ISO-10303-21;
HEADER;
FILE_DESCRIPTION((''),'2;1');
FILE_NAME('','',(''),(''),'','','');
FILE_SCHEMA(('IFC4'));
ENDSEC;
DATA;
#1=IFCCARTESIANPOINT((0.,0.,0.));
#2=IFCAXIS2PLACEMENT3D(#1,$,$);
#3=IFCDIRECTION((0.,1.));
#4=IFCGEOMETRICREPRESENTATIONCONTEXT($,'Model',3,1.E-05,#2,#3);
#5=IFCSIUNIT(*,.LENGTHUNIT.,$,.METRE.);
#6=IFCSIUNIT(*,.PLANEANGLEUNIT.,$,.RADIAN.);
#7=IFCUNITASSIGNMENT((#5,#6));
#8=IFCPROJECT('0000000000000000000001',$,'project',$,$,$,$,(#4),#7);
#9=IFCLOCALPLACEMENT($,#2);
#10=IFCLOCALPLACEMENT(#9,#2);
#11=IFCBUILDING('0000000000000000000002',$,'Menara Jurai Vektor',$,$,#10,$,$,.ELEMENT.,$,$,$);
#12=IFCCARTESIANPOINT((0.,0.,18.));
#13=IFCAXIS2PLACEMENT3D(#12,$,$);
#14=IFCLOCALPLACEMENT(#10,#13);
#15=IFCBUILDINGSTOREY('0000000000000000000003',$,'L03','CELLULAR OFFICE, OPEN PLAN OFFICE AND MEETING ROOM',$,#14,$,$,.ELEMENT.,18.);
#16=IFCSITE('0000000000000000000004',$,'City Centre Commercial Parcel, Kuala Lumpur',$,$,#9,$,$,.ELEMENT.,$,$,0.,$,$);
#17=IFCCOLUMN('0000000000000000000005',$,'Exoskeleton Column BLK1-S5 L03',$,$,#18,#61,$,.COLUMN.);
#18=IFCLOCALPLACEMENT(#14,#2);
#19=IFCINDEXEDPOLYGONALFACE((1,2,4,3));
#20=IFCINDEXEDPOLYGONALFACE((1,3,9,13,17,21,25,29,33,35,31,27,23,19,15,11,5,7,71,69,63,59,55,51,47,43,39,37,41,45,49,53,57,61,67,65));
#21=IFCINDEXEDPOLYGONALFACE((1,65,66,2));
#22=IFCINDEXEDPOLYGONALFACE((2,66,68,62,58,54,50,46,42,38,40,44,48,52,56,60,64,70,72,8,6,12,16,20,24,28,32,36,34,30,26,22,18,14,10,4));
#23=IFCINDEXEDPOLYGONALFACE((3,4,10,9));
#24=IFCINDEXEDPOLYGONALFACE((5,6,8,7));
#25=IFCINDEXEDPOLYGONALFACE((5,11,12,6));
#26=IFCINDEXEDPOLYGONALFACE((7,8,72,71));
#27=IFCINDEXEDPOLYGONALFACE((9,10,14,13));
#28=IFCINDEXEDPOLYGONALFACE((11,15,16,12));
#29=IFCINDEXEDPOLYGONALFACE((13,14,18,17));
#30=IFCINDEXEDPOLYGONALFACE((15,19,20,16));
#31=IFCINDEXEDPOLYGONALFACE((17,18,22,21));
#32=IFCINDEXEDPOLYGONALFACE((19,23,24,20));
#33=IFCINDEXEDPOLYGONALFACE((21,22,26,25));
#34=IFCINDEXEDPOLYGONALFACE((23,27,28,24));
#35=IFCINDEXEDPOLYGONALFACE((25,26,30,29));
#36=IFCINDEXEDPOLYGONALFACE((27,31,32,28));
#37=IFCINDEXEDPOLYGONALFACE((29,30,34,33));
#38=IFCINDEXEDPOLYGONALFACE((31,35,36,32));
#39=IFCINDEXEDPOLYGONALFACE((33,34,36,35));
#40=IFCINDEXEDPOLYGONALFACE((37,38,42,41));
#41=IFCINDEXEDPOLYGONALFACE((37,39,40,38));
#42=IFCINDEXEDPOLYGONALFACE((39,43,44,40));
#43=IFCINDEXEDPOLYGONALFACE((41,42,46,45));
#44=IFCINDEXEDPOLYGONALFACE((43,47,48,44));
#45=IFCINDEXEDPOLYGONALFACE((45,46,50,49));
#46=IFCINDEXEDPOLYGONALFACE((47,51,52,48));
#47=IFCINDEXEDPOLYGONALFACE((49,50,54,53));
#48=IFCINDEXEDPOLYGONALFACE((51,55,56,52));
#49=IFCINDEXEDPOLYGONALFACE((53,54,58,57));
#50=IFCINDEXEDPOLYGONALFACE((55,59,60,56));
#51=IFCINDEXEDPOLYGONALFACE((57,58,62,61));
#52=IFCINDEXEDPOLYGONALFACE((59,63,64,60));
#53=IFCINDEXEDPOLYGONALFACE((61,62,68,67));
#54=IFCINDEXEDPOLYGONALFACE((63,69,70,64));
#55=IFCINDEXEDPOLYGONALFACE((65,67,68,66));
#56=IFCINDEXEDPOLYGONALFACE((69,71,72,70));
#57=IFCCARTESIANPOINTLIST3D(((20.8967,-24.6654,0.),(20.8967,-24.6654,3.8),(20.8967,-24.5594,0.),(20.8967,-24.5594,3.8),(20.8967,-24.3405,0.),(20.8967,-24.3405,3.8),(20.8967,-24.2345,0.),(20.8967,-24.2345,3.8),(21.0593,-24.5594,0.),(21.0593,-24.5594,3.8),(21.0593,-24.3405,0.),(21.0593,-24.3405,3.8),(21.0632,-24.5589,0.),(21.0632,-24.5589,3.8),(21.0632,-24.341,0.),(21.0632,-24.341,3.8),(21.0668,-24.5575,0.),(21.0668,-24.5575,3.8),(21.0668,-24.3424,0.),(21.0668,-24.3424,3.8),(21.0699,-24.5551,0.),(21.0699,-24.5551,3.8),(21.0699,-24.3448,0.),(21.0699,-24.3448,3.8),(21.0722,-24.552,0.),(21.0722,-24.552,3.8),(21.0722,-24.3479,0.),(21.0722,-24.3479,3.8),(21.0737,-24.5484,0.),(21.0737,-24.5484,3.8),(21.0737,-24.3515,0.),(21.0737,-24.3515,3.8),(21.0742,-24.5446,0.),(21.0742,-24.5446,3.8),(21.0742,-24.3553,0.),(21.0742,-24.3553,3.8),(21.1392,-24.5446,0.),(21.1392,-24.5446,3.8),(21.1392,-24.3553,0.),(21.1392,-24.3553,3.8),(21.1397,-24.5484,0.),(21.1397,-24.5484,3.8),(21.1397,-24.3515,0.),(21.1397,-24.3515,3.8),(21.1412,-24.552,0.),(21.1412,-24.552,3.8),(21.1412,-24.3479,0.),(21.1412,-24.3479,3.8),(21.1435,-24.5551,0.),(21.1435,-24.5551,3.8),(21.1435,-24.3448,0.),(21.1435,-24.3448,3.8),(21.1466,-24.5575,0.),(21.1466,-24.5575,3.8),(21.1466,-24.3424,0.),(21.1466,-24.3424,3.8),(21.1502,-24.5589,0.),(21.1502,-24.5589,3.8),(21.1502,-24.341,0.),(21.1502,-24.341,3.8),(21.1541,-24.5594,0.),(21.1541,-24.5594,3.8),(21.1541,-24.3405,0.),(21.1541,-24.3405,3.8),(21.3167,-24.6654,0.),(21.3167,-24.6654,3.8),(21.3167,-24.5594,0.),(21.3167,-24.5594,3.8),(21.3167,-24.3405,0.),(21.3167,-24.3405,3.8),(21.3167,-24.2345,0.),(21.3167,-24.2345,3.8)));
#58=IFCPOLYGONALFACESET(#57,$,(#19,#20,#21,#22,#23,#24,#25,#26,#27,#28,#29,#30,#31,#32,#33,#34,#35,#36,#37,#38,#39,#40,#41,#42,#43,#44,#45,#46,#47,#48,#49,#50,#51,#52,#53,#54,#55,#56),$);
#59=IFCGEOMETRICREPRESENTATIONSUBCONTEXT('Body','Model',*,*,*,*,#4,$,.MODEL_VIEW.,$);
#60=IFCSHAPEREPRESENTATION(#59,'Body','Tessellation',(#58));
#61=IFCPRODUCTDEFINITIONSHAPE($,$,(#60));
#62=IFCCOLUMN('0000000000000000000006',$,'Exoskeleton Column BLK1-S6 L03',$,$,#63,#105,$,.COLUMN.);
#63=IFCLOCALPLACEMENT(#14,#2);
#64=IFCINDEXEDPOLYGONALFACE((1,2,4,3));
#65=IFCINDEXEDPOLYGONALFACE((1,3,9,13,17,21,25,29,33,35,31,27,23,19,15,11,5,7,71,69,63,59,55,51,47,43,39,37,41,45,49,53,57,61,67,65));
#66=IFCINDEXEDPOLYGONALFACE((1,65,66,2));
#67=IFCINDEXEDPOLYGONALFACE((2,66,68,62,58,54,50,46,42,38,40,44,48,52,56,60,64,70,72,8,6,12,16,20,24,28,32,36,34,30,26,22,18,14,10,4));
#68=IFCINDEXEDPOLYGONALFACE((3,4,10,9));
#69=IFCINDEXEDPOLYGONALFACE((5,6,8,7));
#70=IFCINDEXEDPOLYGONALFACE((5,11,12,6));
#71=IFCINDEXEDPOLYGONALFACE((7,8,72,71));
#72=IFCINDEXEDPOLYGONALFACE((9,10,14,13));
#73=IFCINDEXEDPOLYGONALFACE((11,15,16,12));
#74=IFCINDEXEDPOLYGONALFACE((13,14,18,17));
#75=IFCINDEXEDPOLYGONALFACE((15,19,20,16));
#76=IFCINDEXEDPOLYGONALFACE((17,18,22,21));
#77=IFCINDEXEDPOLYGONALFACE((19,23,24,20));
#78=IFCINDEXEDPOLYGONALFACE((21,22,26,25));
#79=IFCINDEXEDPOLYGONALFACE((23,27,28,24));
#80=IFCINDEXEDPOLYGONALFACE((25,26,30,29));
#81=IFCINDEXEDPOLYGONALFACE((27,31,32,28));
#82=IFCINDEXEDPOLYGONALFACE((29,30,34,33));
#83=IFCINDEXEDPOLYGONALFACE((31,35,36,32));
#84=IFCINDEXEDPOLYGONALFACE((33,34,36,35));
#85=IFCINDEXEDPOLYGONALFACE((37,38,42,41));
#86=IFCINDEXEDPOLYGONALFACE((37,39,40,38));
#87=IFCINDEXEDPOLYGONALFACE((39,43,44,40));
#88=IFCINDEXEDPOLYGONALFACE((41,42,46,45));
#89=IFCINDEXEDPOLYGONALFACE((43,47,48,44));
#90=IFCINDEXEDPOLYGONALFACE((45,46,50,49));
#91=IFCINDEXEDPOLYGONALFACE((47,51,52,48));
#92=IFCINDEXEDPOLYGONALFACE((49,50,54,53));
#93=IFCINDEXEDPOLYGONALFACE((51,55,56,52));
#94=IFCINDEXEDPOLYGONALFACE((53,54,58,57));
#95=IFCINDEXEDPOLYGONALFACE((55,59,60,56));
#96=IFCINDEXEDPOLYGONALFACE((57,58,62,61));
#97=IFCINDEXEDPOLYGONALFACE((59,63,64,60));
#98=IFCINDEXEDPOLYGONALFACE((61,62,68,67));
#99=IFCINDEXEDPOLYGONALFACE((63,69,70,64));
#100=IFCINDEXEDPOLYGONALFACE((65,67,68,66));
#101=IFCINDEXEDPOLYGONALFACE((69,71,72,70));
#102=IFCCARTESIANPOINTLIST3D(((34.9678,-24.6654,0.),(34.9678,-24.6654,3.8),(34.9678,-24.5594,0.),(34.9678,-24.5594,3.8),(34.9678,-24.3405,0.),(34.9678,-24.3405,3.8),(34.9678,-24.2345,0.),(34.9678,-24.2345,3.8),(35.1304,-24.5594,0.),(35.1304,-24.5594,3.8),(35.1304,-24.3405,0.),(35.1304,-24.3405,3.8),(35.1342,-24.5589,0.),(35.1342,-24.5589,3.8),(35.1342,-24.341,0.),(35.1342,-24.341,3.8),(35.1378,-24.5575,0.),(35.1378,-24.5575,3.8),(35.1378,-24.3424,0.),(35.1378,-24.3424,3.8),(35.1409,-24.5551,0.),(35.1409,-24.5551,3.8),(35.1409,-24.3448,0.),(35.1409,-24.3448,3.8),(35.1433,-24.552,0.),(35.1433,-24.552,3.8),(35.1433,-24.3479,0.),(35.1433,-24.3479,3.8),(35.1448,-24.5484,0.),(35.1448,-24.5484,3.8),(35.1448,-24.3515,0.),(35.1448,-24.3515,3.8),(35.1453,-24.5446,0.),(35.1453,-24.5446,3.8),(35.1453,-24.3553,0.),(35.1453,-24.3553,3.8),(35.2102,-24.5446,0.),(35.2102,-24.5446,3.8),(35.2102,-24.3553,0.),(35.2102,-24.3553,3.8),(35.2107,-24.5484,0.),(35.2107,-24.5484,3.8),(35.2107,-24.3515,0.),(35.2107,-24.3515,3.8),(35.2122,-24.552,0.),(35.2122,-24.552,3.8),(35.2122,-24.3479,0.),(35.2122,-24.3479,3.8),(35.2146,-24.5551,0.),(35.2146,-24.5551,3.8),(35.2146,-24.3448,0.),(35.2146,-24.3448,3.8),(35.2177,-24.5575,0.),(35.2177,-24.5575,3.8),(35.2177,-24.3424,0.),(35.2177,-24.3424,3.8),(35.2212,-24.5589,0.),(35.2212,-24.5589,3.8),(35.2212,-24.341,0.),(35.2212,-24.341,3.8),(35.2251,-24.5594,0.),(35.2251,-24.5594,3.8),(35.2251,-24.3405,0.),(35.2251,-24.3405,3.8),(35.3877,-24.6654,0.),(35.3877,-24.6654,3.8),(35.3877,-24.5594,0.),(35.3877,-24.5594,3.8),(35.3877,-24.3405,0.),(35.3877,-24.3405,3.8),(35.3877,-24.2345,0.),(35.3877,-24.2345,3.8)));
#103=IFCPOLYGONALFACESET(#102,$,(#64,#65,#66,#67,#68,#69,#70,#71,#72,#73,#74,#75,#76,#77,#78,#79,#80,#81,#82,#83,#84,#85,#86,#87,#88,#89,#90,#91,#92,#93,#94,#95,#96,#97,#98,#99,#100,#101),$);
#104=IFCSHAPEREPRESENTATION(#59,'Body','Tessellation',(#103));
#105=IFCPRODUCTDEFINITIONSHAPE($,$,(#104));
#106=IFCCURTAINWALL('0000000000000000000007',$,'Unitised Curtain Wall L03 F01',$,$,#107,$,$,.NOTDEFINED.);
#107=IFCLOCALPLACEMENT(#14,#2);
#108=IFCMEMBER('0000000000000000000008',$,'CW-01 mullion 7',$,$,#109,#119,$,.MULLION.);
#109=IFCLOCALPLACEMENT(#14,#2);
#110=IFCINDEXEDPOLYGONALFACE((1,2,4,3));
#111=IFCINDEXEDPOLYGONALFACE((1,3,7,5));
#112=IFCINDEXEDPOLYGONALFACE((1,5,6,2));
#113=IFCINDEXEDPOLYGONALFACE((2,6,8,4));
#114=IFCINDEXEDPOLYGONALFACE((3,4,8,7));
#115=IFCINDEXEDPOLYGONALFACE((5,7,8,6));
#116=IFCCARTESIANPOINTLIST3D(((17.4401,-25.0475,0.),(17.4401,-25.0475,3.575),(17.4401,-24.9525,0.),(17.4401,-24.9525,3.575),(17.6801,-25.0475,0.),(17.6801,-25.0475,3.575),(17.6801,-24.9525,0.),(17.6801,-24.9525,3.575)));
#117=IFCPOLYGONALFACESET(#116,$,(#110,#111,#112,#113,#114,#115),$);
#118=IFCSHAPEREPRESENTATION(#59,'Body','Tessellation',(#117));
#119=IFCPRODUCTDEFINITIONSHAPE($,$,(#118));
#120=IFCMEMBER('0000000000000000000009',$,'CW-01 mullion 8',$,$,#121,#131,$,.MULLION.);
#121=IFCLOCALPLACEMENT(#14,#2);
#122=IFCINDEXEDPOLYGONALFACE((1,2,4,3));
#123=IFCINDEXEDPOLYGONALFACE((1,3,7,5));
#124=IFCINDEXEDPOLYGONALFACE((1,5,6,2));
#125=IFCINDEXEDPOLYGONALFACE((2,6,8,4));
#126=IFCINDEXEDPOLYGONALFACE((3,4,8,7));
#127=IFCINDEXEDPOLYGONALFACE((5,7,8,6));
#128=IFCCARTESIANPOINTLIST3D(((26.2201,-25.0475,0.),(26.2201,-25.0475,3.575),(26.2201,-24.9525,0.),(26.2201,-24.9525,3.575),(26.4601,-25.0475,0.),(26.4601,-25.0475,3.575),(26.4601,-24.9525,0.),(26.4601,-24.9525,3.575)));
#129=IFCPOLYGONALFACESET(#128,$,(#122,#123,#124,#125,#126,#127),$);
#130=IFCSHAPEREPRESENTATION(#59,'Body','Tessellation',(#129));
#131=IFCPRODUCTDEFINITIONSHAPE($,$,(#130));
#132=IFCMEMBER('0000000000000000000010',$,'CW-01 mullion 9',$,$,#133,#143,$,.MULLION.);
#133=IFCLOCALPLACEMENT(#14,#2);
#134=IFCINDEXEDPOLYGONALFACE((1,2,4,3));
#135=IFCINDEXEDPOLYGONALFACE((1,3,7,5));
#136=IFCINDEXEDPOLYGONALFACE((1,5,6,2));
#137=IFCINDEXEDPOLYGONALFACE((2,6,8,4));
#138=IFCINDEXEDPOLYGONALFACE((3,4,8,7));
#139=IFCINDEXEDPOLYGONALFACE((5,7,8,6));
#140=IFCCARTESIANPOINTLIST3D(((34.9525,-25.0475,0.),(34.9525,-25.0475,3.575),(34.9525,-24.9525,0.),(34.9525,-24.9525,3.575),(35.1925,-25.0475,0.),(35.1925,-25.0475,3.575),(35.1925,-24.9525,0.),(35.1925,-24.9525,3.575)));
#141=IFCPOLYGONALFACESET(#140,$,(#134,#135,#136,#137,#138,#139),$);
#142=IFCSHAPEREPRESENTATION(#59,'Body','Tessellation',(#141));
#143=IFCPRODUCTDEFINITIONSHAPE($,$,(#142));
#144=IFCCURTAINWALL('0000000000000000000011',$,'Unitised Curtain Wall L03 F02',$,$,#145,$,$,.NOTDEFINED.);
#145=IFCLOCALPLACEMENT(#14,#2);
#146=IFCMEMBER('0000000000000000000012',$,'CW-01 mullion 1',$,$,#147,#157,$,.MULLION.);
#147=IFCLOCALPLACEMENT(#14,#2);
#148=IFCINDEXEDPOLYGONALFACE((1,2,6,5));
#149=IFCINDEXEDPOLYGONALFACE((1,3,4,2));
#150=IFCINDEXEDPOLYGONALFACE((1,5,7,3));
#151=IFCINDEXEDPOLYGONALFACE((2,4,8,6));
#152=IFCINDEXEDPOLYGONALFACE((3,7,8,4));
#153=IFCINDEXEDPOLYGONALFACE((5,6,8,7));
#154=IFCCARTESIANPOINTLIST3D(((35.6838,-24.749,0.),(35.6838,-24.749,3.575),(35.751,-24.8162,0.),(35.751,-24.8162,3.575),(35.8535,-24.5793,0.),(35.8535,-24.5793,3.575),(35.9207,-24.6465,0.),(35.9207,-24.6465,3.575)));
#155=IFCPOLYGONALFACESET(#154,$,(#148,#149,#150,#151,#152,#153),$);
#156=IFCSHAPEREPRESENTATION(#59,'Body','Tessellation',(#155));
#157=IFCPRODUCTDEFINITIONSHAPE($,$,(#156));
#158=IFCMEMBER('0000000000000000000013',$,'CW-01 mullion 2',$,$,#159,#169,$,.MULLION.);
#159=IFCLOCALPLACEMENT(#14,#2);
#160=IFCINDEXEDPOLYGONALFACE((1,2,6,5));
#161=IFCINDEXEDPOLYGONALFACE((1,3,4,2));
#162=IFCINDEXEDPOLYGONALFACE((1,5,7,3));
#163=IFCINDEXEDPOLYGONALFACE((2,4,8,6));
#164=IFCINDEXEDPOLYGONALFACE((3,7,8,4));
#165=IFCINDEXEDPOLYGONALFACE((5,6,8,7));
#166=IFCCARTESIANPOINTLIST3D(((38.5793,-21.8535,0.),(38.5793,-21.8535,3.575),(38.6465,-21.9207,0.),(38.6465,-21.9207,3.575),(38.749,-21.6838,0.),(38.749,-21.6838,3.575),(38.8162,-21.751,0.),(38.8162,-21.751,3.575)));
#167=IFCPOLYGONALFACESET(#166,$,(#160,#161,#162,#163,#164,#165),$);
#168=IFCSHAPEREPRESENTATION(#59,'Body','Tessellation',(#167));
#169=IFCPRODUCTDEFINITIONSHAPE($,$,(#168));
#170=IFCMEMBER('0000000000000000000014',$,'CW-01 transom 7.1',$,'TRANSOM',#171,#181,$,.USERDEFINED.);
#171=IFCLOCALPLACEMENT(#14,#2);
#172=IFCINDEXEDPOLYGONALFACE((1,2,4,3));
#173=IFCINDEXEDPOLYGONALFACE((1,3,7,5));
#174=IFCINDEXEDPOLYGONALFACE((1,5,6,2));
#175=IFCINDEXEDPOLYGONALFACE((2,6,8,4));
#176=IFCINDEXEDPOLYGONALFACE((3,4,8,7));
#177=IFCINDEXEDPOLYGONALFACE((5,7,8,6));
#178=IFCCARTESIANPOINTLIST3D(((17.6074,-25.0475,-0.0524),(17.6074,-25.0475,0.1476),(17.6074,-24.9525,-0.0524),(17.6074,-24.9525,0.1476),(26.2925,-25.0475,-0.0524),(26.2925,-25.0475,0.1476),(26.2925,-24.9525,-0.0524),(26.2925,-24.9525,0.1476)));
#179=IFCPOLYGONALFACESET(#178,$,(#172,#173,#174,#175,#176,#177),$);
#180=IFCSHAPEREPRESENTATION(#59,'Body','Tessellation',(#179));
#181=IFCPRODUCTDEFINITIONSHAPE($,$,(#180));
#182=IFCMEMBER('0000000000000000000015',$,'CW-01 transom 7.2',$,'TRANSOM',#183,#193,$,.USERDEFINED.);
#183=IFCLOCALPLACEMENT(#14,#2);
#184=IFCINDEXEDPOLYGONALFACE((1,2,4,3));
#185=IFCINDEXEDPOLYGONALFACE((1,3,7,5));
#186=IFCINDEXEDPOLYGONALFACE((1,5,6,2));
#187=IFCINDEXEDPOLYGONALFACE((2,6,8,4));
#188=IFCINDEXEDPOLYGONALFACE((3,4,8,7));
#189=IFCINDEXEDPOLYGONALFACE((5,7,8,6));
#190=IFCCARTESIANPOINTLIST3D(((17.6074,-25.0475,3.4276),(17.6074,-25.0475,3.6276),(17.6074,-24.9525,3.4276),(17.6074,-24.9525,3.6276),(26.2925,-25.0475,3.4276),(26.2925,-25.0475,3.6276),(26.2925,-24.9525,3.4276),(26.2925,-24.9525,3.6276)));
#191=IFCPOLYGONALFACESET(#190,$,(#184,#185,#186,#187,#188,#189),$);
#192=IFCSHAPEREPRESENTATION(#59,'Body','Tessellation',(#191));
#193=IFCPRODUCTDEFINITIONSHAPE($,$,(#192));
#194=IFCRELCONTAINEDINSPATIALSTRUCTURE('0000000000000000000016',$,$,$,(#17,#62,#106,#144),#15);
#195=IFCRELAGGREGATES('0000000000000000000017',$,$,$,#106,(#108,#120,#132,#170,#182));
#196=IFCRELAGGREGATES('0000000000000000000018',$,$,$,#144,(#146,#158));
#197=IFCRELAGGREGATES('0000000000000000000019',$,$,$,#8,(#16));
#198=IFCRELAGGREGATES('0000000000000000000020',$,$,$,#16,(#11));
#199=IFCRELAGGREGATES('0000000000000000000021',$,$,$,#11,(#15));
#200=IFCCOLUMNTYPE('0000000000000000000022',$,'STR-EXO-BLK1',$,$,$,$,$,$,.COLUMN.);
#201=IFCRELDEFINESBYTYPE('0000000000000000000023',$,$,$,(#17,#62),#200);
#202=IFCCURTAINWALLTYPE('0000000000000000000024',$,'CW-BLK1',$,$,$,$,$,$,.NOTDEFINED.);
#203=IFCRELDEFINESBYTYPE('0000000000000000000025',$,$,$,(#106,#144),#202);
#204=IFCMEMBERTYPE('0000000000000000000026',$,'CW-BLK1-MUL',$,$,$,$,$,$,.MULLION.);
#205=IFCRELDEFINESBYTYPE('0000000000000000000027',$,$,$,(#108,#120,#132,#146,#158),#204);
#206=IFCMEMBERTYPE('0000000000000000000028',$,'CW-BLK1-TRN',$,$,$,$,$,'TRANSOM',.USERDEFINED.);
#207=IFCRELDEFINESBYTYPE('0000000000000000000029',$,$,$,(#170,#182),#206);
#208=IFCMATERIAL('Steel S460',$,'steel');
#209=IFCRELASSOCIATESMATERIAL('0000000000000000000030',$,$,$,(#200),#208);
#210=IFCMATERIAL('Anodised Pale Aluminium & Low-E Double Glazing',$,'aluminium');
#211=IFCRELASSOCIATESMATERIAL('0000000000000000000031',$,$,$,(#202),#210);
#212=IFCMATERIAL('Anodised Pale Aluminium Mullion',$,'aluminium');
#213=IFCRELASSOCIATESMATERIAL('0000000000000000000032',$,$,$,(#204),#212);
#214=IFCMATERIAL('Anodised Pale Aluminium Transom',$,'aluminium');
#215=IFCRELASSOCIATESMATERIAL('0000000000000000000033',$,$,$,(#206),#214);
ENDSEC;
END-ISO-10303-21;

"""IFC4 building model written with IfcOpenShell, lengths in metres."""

from ifc_helpers import new_model, si_unit, direction, frame, origin, origin_2d, place, context, subcontext, project, spatial, rectangle, i_section, extrude, material, material_profile, profile_set, type_object, element, aggregate, save


model = new_model("IFC4")

# Units and contexts
model_context = context("Model", 3, precision=1e-05, world=origin(), true_north=direction((0.0, 1.0)))
body_context = subcontext(model_context, "Body", "Model", "MODEL_VIEW")
ifc_project = project(units=[si_unit("LENGTHUNIT", "METRE"), si_unit("PLANEANGLEUNIT", "RADIAN")], contexts=[model_context])

# Site, building, storey
site_placement = place(None, origin())
site = spatial("IfcSite", under=ifc_project, at=site_placement, Name="City Centre Commercial Parcel, Kuala Lumpur", CompositionType="ELEMENT", RefElevation=0.0)
building_placement = place(site_placement, origin())
building = spatial("IfcBuilding", under=site, at=building_placement, Name="Menara Jurai Vektor", CompositionType="ELEMENT")
storey_placement = place(building_placement, frame((0.0, 0.0, 18.0)))
storey = spatial("IfcBuildingStorey", under=building, at=storey_placement, Name="L03", Description="CELLULAR OFFICE, OPEN PLAN OFFICE AND MEETING ROOM", CompositionType="ELEMENT", Elevation=18.0)

# Columns
ifc_material_1 = material(Name="Steel S460", Category="steel")
ifc_material_profile_1 = material_profile(ifc_material_1, i_section(OverallWidth=0.4199, OverallDepth=0.4309, WebThickness=0.0649, FlangeThickness=0.106, FilletRadius=0.0149, at=origin_2d()), Name="HD 400x900")
ifc_profile_set_1 = profile_set([ifc_material_profile_1], Name="Steel S460")
column_type = type_object("IfcColumnType", Name="STR-EXO-BLK1", PredefinedType="COLUMN", material=ifc_profile_set_1)
for number, where, z_axis, x_axis, name in (
    (1, (21.1067, -24.45, 0.0), (0.0, 0.0, 1.0), (1.0, 0.0, 0.0), "Exoskeleton Column BLK1-S5 L03"),
    (2, (35.1777, -24.45, 0.0), (0.0, 0.0, 1.0), (1.0, 0.0, 0.0), "Exoskeleton Column BLK1-S6 L03"),
):
    element("IfcColumn", number, at=place(storey_placement, frame(where, z_axis=z_axis, x_axis=x_axis)), inside=storey, type_object=column_type, Name=name, PredefinedType="COLUMN", context=body_context, shape_type="SweptSolid", body=[
        extrude(i_section(OverallWidth=0.4199, OverallDepth=0.4309, WebThickness=0.0649, FlangeThickness=0.106, FilletRadius=0.0149, at=origin_2d()), origin(), (0.0, 0.0, 1.0), 3.8),
    ])

# Curtain walls, members
ifc_material_2 = material(Name="Anodised Pale Aluminium & Low-E Double Glazing", Category="aluminium")
curtain_wall_type = type_object("IfcCurtainWallType", Name="CW-BLK1", PredefinedType="NOTDEFINED", material=ifc_material_2)
curtain_wall_1_placement = place(storey_placement, origin())
curtain_wall_1 = element("IfcCurtainWall", 3, at=curtain_wall_1_placement, inside=storey, type_object=curtain_wall_type, Name="Unitised Curtain Wall L03 F01", PredefinedType="NOTDEFINED")
ifc_material_3 = material(Name="Anodised Pale Aluminium Mullion", Category="aluminium")
ifc_material_profile_2 = material_profile(ifc_material_3, rectangle(XDim=0.095, YDim=0.24, at=origin_2d()), Name="ALU MUL 95x240")
ifc_profile_set_2 = profile_set([ifc_material_profile_2], Name="Anodised Pale Aluminium Mullion")
member_type_1 = type_object("IfcMemberType", Name="CW-BLK1-MUL", PredefinedType="MULLION", material=ifc_profile_set_2)
member_1_placement = place(storey_placement, frame((17.5601, -25.0, 0.0), z_axis=(0.0, 0.0, 1.0), x_axis=(0.0, 1.0, 0.0)))
member_1 = element("IfcMember", 4, at=member_1_placement, type_object=member_type_1, Name="CW-01 mullion 7", PredefinedType="MULLION", context=body_context, shape_type="SweptSolid", body=[
    extrude(rectangle(XDim=0.095, YDim=0.24, at=origin_2d()), origin(), (0.0, 0.0, 1.0), 3.575),
])
member_2_placement = place(storey_placement, frame((26.3401, -25.0, 0.0), z_axis=(0.0, 0.0, 1.0), x_axis=(0.0, 1.0, 0.0)))
member_2 = element("IfcMember", 5, at=member_2_placement, type_object=member_type_1, Name="CW-01 mullion 8", PredefinedType="MULLION", context=body_context, shape_type="SweptSolid", body=[
    extrude(rectangle(XDim=0.095, YDim=0.24, at=origin_2d()), origin(), (0.0, 0.0, 1.0), 3.575),
])
member_3_placement = place(storey_placement, frame((35.0725, -25.0, 0.0), z_axis=(0.0, 0.0, 1.0), x_axis=(0.0, 1.0, 0.0)))
member_3 = element("IfcMember", 6, at=member_3_placement, type_object=member_type_1, Name="CW-01 mullion 9", PredefinedType="MULLION", context=body_context, shape_type="SweptSolid", body=[
    extrude(rectangle(XDim=0.095, YDim=0.24, at=origin_2d()), origin(), (0.0, 0.0, 1.0), 3.575),
])
curtain_wall_2_placement = place(storey_placement, origin())
curtain_wall_2 = element("IfcCurtainWall", 7, at=curtain_wall_2_placement, inside=storey, type_object=curtain_wall_type, Name="Unitised Curtain Wall L03 F02", PredefinedType="NOTDEFINED")
member_4_placement = place(storey_placement, frame((35.8022, -24.6978, 0.0), z_axis=(0.0, 0.0, 1.0), x_axis=(-0.707107, 0.707107, 0.0)))
member_4 = element("IfcMember", 8, at=member_4_placement, type_object=member_type_1, Name="CW-01 mullion 1", PredefinedType="MULLION", context=body_context, shape_type="SweptSolid", body=[
    extrude(rectangle(XDim=0.095, YDim=0.24, at=origin_2d()), origin(), (0.0, 0.0, 1.0), 3.575),
])
member_5_placement = place(storey_placement, frame((38.6978, -21.8022, 0.0), z_axis=(0.0, 0.0, 1.0), x_axis=(-0.707107, 0.707107, 0.0)))
member_5 = element("IfcMember", 9, at=member_5_placement, type_object=member_type_1, Name="CW-01 mullion 2", PredefinedType="MULLION", context=body_context, shape_type="SweptSolid", body=[
    extrude(rectangle(XDim=0.095, YDim=0.24, at=origin_2d()), origin(), (0.0, 0.0, 1.0), 3.575),
])

# Members
ifc_material_4 = material(Name="Anodised Pale Aluminium Transom", Category="aluminium")
ifc_material_profile_3 = material_profile(ifc_material_4, rectangle(XDim=0.095, YDim=0.2, at=origin_2d()), Name="ALU TRN 95x200")
ifc_profile_set_3 = profile_set([ifc_material_profile_3], Name="Anodised Pale Aluminium Transom")
member_type_2 = type_object("IfcMemberType", Name="CW-BLK1-TRN", ElementType="TRANSOM", PredefinedType="USERDEFINED", material=ifc_profile_set_3)
member_6_placement = place(storey_placement, frame((17.6074, -25.0, 0.0476), z_axis=(1.0, 0.0, 0.0), x_axis=(0.0, 1.0, 0.0)))
member_6 = element("IfcMember", 10, at=member_6_placement, type_object=member_type_2, Name="CW-01 transom 7.1", ObjectType="TRANSOM", PredefinedType="USERDEFINED", context=body_context, shape_type="SweptSolid", body=[
    extrude(rectangle(XDim=0.095, YDim=0.2, at=origin_2d()), origin(), (0.0, 0.0, 1.0), 8.6851),
])
member_7_placement = place(storey_placement, frame((17.6074, -25.0, 3.5276), z_axis=(1.0, 0.0, 0.0), x_axis=(0.0, 1.0, 0.0)))
member_7 = element("IfcMember", 11, at=member_7_placement, type_object=member_type_2, Name="CW-01 transom 7.2", ObjectType="TRANSOM", PredefinedType="USERDEFINED", context=body_context, shape_type="SweptSolid", body=[
    extrude(rectangle(XDim=0.095, YDim=0.2, at=origin_2d()), origin(), (0.0, 0.0, 1.0), 8.6851),
])

aggregate(curtain_wall_1, [member_1, member_2, member_3, member_6, member_7])
aggregate(curtain_wall_2, [member_4, member_5])

save(model, "model.ifc")
